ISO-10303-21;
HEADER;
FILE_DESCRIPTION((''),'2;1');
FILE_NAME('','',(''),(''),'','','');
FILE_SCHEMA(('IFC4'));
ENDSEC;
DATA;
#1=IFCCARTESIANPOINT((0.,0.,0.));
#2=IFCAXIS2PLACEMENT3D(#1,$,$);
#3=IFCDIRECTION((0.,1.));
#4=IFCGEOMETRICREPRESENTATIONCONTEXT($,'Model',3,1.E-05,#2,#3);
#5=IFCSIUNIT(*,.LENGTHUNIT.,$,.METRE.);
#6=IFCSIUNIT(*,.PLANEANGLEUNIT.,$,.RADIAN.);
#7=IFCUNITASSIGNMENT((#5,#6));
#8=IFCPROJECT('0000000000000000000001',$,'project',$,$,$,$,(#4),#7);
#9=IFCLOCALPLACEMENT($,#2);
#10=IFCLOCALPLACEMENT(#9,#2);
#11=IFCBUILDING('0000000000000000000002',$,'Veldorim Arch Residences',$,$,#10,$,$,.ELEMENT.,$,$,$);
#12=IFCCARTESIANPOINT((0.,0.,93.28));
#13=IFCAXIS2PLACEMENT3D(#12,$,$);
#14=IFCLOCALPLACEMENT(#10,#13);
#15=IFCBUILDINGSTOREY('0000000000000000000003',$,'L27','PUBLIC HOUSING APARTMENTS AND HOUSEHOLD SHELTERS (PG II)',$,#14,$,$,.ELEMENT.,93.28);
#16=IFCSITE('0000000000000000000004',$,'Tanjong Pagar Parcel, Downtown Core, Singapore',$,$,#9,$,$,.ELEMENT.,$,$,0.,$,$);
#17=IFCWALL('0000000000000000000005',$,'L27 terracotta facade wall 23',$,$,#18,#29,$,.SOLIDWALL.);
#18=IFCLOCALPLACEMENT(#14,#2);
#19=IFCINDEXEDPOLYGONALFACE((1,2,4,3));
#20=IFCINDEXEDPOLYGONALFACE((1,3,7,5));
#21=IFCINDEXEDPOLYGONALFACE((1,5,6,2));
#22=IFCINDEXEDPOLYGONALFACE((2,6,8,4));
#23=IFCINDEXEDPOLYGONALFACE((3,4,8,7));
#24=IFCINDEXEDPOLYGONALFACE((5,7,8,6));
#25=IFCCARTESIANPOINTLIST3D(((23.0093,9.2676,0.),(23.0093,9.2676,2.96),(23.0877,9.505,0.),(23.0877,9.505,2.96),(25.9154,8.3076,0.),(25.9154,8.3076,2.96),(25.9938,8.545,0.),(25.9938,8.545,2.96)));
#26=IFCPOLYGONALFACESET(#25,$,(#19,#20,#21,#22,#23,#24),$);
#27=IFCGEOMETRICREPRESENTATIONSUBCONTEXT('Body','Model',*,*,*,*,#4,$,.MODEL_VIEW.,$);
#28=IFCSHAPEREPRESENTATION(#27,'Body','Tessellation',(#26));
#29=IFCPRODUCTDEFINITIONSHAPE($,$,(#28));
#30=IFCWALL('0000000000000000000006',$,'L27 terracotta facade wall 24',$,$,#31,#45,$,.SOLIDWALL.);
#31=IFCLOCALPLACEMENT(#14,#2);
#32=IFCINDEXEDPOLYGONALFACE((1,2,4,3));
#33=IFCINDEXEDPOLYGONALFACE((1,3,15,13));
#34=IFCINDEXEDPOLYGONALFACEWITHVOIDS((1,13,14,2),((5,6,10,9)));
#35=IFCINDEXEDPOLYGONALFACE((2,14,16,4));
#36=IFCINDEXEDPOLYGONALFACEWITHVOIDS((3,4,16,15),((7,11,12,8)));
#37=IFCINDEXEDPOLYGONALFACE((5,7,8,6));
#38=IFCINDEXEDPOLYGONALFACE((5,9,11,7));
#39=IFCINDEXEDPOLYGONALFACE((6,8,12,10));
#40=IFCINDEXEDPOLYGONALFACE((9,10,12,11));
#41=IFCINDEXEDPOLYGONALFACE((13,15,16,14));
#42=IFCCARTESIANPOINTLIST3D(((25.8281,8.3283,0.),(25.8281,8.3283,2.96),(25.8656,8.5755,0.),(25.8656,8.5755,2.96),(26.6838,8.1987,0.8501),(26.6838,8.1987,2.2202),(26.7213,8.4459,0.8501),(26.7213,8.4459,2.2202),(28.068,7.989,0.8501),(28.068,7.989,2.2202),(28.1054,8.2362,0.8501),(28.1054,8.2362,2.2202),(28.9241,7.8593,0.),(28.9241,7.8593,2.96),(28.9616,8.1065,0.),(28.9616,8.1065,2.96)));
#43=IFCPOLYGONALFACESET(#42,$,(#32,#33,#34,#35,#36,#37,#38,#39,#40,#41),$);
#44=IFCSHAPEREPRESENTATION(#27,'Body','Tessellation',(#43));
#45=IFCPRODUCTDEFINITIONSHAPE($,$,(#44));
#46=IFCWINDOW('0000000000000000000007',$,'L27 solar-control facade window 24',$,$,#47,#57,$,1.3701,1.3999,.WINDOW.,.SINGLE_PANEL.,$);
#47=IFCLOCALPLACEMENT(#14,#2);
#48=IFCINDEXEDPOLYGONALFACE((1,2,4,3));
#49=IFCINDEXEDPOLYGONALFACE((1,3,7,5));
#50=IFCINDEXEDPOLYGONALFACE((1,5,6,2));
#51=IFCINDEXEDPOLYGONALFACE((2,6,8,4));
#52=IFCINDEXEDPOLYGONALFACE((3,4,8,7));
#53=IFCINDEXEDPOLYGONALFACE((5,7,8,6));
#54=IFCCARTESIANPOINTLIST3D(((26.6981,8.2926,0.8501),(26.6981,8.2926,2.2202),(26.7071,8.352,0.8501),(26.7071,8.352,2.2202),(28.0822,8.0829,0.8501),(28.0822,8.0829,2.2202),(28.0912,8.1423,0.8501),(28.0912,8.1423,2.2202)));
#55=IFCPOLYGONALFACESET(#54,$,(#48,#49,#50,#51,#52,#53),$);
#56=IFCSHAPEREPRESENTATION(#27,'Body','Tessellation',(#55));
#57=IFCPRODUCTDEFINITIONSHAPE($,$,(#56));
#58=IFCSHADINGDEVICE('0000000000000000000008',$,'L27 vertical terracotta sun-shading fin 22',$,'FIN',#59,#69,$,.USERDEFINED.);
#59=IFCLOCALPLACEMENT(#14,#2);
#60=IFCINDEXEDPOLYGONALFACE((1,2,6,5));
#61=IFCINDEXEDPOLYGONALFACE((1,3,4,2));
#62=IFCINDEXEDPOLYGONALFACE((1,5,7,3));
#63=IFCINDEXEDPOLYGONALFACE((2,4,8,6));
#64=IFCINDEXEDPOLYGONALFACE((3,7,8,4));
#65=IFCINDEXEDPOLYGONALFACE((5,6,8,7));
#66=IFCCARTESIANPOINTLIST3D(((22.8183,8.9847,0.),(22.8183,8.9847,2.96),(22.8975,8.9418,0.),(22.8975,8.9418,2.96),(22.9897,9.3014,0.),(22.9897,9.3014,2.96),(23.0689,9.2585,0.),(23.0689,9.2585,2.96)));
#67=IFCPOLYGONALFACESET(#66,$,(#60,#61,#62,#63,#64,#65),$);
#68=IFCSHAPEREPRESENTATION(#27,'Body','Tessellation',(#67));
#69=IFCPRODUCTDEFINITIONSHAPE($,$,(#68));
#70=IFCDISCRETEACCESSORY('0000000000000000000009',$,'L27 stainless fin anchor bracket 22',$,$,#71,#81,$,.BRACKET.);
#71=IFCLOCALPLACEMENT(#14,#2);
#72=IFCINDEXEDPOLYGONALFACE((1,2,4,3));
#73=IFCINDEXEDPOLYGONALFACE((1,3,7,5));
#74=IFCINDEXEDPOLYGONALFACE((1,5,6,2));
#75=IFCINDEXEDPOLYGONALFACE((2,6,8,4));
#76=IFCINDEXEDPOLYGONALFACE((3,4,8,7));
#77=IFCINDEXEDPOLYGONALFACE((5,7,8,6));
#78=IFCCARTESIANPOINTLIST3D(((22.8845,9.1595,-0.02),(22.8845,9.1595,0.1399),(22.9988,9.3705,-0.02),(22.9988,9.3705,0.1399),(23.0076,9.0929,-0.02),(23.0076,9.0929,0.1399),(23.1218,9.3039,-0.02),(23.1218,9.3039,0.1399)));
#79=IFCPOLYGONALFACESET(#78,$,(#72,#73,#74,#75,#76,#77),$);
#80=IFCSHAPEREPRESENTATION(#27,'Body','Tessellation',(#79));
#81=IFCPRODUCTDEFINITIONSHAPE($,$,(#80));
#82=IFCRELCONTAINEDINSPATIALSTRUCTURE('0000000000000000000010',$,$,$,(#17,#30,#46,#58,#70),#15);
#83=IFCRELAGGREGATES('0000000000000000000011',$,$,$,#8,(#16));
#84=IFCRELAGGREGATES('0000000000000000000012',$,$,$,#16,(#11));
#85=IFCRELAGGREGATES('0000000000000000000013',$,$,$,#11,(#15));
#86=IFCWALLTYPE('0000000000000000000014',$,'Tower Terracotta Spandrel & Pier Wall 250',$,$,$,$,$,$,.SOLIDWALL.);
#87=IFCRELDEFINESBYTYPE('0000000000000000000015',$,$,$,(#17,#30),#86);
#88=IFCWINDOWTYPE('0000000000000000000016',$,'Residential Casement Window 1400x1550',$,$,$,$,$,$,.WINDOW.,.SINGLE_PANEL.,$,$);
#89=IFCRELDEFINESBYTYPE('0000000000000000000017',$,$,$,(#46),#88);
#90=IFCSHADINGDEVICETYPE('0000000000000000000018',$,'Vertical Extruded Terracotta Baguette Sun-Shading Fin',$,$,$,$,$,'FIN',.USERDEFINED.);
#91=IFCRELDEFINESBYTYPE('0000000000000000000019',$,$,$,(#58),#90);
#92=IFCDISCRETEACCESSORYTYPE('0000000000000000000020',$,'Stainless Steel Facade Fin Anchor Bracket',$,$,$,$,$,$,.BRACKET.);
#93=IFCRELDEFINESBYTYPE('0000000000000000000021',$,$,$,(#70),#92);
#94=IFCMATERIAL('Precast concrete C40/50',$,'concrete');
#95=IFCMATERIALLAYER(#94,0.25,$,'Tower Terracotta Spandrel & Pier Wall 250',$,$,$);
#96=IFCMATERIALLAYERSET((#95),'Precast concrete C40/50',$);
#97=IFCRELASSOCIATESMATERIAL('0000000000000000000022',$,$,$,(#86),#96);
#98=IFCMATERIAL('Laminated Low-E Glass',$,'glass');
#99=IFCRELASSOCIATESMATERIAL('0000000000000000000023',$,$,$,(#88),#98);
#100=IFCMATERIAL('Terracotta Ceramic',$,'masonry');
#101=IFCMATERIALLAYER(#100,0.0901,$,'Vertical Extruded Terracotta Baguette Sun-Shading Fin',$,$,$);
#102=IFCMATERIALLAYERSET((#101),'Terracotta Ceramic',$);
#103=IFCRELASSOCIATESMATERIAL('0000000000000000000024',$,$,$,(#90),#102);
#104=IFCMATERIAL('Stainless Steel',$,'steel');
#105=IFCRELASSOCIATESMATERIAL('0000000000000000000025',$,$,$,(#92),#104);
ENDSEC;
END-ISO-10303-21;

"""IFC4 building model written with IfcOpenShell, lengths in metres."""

from ifc_helpers import new_model, si_unit, direction, frame, frame_2d, origin, origin_2d, place, context, subcontext, project, spatial, rectangle, extrude, material, layer, layer_set, type_object, element, fill, save


model = new_model("IFC4")

# Units and contexts
model_context = context("Model", 3, precision=1e-05, world=origin(), true_north=direction((0.0, 1.0)))
body_context = subcontext(model_context, "Body", "Model", "MODEL_VIEW")
ifc_project = project(units=[si_unit("LENGTHUNIT", "METRE"), si_unit("PLANEANGLEUNIT", "RADIAN")], contexts=[model_context])

# Site, building, storey
site_placement = place(None, origin())
site = spatial("IfcSite", under=ifc_project, at=site_placement, Name="Tanjong Pagar Parcel, Downtown Core, Singapore", CompositionType="ELEMENT", RefElevation=0.0)
building_placement = place(site_placement, origin())
building = spatial("IfcBuilding", under=site, at=building_placement, Name="Veldorim Arch Residences", CompositionType="ELEMENT")
storey_placement = place(building_placement, frame((0.0, 0.0, 93.28)))
storey = spatial("IfcBuildingStorey", under=building, at=storey_placement, Name="L27", Description="PUBLIC HOUSING APARTMENTS AND HOUSEHOLD SHELTERS (PG II)", CompositionType="ELEMENT", Elevation=93.28)

# Wall
ifc_material_1 = material(Name="Precast concrete C40/50", Category="concrete")
ifc_layer_1 = layer(ifc_material_1, 0.25, Name="Tower Terracotta Spandrel & Pier Wall 250")
ifc_layer_set_1 = layer_set([ifc_layer_1], Name="Precast concrete C40/50")
wall_type_1 = type_object("IfcWallType", Name="Tower Terracotta Spandrel & Pier Wall 250", PredefinedType="SOLIDWALL", material=ifc_layer_set_1)
wall_1_placement = place(storey_placement, frame((25.9546, 8.4263, 0.0), z_axis=(0.0, 0.0, 1.0), x_axis=(-0.949533, 0.313666, 0.0)))
element("IfcWall", 1, at=wall_1_placement, inside=storey, type_object=wall_type_1, Name="L27 terracotta facade wall 23", PredefinedType="SOLIDWALL", context=body_context, shape_type="SweptSolid", body=[
    extrude(rectangle(XDim=3.0605, YDim=0.25, at=frame_2d((1.5303, 0.0))), origin(), (0.0, 0.0, 1.0), 2.96),
])

# Wall, opening, window
wall_2_placement = place(storey_placement, frame((28.9429, 7.9829, 0.0), z_axis=(0.0, 0.0, 1.0), x_axis=(-0.98872, 0.149778, 0.0)))
wall_2 = element("IfcWall", 2, at=wall_2_placement, inside=storey, type_object=wall_type_1, Name="L27 terracotta facade wall 24", PredefinedType="SOLIDWALL", context=body_context, shape_type="SweptSolid", body=[
    extrude(rectangle(XDim=3.1313, YDim=0.25, at=frame_2d((1.5657, 0.0))), origin(), (0.0, 0.0, 1.0), 2.96),
])
opening_1_placement = place(wall_2_placement, frame((0.866, 0.0, 0.8501)))
opening_1 = element("IfcOpeningElement", 3, at=opening_1_placement, cuts=wall_2, PredefinedType="OPENING", context=body_context, shape_type="SweptSolid", body=[
    extrude(rectangle(XDim=1.3999, YDim=1.3701, at=frame_2d((0.7, 0.6851))), frame((0.0, 0.135, 0.0), z_axis=(0.0, -1.0, 0.0), x_axis=(1.0, 0.0, 0.0)), (0.0, 0.0, 1.0), 0.27),
])
ifc_material_2 = material(Name="Laminated Low-E Glass", Category="glass")
window_type = type_object("IfcWindowType", Name="Residential Casement Window 1400x1550", PartitioningType="SINGLE_PANEL", PredefinedType="WINDOW", material=ifc_material_2)
window_placement = place(opening_1_placement, origin())
window = element("IfcWindow", 4, at=window_placement, inside=storey, type_object=window_type, Name="L27 solar-control facade window 24", OverallHeight=1.3701, OverallWidth=1.3999, PartitioningType="SINGLE_PANEL", PredefinedType="WINDOW", context=body_context, shape_type="SweptSolid", body=[
    extrude(rectangle(XDim=1.3999, YDim=1.3701, at=frame_2d((0.7, 0.6851))), frame((0.0, 0.03, 0.0), z_axis=(0.0, -1.0, 0.0), x_axis=(1.0, 0.0, 0.0)), (0.0, 0.0, 1.0), 0.0601),
])
fill(opening_1, window)

# Shading device
ifc_material_3 = material(Name="Terracotta Ceramic", Category="masonry")
ifc_layer_2 = layer(ifc_material_3, 0.0901, Name="Vertical Extruded Terracotta Baguette Sun-Shading Fin")
ifc_layer_set_2 = layer_set([ifc_layer_2], Name="Terracotta Ceramic")
shading_device_type = type_object("IfcShadingDeviceType", Name="Vertical Extruded Terracotta Baguette Sun-Shading Fin", ElementType="FIN", PredefinedType="USERDEFINED", material=ifc_layer_set_2)
shading_device_placement = place(storey_placement, frame((22.9436, 9.1216, 0.0), z_axis=(0.0, 0.0, 1.0), x_axis=(-0.879399, 0.476085, 0.0)))
element("IfcShadingDevice", 5, at=shading_device_placement, inside=storey, type_object=shading_device_type, Name="L27 vertical terracotta sun-shading fin 22", ObjectType="FIN", PredefinedType="USERDEFINED", context=body_context, shape_type="SweptSolid", body=[
    extrude(rectangle(XDim=0.0901, YDim=0.3601, at=origin_2d()), origin(), (0.0, 0.0, 1.0), 2.96),
])

# Discrete accessory
ifc_material_4 = material(Name="Stainless Steel", Category="steel")
discrete_accessory_type = type_object("IfcDiscreteAccessoryType", Name="Stainless Steel Facade Fin Anchor Bracket", PredefinedType="BRACKET", material=ifc_material_4)
discrete_accessory_placement = place(storey_placement, frame((23.0032, 9.2317, -0.02), z_axis=(0.0, 0.0, 1.0), x_axis=(-0.879399, 0.476085, 0.0)))
element("IfcDiscreteAccessory", 6, at=discrete_accessory_placement, inside=storey, type_object=discrete_accessory_type, Name="L27 stainless fin anchor bracket 22", PredefinedType="BRACKET", context=body_context, shape_type="SweptSolid", body=[
    extrude(rectangle(XDim=0.1399, YDim=0.24, at=origin_2d()), origin(), (0.0, 0.0, 1.0), 0.1599),
])

save(model, "model.ifc")
